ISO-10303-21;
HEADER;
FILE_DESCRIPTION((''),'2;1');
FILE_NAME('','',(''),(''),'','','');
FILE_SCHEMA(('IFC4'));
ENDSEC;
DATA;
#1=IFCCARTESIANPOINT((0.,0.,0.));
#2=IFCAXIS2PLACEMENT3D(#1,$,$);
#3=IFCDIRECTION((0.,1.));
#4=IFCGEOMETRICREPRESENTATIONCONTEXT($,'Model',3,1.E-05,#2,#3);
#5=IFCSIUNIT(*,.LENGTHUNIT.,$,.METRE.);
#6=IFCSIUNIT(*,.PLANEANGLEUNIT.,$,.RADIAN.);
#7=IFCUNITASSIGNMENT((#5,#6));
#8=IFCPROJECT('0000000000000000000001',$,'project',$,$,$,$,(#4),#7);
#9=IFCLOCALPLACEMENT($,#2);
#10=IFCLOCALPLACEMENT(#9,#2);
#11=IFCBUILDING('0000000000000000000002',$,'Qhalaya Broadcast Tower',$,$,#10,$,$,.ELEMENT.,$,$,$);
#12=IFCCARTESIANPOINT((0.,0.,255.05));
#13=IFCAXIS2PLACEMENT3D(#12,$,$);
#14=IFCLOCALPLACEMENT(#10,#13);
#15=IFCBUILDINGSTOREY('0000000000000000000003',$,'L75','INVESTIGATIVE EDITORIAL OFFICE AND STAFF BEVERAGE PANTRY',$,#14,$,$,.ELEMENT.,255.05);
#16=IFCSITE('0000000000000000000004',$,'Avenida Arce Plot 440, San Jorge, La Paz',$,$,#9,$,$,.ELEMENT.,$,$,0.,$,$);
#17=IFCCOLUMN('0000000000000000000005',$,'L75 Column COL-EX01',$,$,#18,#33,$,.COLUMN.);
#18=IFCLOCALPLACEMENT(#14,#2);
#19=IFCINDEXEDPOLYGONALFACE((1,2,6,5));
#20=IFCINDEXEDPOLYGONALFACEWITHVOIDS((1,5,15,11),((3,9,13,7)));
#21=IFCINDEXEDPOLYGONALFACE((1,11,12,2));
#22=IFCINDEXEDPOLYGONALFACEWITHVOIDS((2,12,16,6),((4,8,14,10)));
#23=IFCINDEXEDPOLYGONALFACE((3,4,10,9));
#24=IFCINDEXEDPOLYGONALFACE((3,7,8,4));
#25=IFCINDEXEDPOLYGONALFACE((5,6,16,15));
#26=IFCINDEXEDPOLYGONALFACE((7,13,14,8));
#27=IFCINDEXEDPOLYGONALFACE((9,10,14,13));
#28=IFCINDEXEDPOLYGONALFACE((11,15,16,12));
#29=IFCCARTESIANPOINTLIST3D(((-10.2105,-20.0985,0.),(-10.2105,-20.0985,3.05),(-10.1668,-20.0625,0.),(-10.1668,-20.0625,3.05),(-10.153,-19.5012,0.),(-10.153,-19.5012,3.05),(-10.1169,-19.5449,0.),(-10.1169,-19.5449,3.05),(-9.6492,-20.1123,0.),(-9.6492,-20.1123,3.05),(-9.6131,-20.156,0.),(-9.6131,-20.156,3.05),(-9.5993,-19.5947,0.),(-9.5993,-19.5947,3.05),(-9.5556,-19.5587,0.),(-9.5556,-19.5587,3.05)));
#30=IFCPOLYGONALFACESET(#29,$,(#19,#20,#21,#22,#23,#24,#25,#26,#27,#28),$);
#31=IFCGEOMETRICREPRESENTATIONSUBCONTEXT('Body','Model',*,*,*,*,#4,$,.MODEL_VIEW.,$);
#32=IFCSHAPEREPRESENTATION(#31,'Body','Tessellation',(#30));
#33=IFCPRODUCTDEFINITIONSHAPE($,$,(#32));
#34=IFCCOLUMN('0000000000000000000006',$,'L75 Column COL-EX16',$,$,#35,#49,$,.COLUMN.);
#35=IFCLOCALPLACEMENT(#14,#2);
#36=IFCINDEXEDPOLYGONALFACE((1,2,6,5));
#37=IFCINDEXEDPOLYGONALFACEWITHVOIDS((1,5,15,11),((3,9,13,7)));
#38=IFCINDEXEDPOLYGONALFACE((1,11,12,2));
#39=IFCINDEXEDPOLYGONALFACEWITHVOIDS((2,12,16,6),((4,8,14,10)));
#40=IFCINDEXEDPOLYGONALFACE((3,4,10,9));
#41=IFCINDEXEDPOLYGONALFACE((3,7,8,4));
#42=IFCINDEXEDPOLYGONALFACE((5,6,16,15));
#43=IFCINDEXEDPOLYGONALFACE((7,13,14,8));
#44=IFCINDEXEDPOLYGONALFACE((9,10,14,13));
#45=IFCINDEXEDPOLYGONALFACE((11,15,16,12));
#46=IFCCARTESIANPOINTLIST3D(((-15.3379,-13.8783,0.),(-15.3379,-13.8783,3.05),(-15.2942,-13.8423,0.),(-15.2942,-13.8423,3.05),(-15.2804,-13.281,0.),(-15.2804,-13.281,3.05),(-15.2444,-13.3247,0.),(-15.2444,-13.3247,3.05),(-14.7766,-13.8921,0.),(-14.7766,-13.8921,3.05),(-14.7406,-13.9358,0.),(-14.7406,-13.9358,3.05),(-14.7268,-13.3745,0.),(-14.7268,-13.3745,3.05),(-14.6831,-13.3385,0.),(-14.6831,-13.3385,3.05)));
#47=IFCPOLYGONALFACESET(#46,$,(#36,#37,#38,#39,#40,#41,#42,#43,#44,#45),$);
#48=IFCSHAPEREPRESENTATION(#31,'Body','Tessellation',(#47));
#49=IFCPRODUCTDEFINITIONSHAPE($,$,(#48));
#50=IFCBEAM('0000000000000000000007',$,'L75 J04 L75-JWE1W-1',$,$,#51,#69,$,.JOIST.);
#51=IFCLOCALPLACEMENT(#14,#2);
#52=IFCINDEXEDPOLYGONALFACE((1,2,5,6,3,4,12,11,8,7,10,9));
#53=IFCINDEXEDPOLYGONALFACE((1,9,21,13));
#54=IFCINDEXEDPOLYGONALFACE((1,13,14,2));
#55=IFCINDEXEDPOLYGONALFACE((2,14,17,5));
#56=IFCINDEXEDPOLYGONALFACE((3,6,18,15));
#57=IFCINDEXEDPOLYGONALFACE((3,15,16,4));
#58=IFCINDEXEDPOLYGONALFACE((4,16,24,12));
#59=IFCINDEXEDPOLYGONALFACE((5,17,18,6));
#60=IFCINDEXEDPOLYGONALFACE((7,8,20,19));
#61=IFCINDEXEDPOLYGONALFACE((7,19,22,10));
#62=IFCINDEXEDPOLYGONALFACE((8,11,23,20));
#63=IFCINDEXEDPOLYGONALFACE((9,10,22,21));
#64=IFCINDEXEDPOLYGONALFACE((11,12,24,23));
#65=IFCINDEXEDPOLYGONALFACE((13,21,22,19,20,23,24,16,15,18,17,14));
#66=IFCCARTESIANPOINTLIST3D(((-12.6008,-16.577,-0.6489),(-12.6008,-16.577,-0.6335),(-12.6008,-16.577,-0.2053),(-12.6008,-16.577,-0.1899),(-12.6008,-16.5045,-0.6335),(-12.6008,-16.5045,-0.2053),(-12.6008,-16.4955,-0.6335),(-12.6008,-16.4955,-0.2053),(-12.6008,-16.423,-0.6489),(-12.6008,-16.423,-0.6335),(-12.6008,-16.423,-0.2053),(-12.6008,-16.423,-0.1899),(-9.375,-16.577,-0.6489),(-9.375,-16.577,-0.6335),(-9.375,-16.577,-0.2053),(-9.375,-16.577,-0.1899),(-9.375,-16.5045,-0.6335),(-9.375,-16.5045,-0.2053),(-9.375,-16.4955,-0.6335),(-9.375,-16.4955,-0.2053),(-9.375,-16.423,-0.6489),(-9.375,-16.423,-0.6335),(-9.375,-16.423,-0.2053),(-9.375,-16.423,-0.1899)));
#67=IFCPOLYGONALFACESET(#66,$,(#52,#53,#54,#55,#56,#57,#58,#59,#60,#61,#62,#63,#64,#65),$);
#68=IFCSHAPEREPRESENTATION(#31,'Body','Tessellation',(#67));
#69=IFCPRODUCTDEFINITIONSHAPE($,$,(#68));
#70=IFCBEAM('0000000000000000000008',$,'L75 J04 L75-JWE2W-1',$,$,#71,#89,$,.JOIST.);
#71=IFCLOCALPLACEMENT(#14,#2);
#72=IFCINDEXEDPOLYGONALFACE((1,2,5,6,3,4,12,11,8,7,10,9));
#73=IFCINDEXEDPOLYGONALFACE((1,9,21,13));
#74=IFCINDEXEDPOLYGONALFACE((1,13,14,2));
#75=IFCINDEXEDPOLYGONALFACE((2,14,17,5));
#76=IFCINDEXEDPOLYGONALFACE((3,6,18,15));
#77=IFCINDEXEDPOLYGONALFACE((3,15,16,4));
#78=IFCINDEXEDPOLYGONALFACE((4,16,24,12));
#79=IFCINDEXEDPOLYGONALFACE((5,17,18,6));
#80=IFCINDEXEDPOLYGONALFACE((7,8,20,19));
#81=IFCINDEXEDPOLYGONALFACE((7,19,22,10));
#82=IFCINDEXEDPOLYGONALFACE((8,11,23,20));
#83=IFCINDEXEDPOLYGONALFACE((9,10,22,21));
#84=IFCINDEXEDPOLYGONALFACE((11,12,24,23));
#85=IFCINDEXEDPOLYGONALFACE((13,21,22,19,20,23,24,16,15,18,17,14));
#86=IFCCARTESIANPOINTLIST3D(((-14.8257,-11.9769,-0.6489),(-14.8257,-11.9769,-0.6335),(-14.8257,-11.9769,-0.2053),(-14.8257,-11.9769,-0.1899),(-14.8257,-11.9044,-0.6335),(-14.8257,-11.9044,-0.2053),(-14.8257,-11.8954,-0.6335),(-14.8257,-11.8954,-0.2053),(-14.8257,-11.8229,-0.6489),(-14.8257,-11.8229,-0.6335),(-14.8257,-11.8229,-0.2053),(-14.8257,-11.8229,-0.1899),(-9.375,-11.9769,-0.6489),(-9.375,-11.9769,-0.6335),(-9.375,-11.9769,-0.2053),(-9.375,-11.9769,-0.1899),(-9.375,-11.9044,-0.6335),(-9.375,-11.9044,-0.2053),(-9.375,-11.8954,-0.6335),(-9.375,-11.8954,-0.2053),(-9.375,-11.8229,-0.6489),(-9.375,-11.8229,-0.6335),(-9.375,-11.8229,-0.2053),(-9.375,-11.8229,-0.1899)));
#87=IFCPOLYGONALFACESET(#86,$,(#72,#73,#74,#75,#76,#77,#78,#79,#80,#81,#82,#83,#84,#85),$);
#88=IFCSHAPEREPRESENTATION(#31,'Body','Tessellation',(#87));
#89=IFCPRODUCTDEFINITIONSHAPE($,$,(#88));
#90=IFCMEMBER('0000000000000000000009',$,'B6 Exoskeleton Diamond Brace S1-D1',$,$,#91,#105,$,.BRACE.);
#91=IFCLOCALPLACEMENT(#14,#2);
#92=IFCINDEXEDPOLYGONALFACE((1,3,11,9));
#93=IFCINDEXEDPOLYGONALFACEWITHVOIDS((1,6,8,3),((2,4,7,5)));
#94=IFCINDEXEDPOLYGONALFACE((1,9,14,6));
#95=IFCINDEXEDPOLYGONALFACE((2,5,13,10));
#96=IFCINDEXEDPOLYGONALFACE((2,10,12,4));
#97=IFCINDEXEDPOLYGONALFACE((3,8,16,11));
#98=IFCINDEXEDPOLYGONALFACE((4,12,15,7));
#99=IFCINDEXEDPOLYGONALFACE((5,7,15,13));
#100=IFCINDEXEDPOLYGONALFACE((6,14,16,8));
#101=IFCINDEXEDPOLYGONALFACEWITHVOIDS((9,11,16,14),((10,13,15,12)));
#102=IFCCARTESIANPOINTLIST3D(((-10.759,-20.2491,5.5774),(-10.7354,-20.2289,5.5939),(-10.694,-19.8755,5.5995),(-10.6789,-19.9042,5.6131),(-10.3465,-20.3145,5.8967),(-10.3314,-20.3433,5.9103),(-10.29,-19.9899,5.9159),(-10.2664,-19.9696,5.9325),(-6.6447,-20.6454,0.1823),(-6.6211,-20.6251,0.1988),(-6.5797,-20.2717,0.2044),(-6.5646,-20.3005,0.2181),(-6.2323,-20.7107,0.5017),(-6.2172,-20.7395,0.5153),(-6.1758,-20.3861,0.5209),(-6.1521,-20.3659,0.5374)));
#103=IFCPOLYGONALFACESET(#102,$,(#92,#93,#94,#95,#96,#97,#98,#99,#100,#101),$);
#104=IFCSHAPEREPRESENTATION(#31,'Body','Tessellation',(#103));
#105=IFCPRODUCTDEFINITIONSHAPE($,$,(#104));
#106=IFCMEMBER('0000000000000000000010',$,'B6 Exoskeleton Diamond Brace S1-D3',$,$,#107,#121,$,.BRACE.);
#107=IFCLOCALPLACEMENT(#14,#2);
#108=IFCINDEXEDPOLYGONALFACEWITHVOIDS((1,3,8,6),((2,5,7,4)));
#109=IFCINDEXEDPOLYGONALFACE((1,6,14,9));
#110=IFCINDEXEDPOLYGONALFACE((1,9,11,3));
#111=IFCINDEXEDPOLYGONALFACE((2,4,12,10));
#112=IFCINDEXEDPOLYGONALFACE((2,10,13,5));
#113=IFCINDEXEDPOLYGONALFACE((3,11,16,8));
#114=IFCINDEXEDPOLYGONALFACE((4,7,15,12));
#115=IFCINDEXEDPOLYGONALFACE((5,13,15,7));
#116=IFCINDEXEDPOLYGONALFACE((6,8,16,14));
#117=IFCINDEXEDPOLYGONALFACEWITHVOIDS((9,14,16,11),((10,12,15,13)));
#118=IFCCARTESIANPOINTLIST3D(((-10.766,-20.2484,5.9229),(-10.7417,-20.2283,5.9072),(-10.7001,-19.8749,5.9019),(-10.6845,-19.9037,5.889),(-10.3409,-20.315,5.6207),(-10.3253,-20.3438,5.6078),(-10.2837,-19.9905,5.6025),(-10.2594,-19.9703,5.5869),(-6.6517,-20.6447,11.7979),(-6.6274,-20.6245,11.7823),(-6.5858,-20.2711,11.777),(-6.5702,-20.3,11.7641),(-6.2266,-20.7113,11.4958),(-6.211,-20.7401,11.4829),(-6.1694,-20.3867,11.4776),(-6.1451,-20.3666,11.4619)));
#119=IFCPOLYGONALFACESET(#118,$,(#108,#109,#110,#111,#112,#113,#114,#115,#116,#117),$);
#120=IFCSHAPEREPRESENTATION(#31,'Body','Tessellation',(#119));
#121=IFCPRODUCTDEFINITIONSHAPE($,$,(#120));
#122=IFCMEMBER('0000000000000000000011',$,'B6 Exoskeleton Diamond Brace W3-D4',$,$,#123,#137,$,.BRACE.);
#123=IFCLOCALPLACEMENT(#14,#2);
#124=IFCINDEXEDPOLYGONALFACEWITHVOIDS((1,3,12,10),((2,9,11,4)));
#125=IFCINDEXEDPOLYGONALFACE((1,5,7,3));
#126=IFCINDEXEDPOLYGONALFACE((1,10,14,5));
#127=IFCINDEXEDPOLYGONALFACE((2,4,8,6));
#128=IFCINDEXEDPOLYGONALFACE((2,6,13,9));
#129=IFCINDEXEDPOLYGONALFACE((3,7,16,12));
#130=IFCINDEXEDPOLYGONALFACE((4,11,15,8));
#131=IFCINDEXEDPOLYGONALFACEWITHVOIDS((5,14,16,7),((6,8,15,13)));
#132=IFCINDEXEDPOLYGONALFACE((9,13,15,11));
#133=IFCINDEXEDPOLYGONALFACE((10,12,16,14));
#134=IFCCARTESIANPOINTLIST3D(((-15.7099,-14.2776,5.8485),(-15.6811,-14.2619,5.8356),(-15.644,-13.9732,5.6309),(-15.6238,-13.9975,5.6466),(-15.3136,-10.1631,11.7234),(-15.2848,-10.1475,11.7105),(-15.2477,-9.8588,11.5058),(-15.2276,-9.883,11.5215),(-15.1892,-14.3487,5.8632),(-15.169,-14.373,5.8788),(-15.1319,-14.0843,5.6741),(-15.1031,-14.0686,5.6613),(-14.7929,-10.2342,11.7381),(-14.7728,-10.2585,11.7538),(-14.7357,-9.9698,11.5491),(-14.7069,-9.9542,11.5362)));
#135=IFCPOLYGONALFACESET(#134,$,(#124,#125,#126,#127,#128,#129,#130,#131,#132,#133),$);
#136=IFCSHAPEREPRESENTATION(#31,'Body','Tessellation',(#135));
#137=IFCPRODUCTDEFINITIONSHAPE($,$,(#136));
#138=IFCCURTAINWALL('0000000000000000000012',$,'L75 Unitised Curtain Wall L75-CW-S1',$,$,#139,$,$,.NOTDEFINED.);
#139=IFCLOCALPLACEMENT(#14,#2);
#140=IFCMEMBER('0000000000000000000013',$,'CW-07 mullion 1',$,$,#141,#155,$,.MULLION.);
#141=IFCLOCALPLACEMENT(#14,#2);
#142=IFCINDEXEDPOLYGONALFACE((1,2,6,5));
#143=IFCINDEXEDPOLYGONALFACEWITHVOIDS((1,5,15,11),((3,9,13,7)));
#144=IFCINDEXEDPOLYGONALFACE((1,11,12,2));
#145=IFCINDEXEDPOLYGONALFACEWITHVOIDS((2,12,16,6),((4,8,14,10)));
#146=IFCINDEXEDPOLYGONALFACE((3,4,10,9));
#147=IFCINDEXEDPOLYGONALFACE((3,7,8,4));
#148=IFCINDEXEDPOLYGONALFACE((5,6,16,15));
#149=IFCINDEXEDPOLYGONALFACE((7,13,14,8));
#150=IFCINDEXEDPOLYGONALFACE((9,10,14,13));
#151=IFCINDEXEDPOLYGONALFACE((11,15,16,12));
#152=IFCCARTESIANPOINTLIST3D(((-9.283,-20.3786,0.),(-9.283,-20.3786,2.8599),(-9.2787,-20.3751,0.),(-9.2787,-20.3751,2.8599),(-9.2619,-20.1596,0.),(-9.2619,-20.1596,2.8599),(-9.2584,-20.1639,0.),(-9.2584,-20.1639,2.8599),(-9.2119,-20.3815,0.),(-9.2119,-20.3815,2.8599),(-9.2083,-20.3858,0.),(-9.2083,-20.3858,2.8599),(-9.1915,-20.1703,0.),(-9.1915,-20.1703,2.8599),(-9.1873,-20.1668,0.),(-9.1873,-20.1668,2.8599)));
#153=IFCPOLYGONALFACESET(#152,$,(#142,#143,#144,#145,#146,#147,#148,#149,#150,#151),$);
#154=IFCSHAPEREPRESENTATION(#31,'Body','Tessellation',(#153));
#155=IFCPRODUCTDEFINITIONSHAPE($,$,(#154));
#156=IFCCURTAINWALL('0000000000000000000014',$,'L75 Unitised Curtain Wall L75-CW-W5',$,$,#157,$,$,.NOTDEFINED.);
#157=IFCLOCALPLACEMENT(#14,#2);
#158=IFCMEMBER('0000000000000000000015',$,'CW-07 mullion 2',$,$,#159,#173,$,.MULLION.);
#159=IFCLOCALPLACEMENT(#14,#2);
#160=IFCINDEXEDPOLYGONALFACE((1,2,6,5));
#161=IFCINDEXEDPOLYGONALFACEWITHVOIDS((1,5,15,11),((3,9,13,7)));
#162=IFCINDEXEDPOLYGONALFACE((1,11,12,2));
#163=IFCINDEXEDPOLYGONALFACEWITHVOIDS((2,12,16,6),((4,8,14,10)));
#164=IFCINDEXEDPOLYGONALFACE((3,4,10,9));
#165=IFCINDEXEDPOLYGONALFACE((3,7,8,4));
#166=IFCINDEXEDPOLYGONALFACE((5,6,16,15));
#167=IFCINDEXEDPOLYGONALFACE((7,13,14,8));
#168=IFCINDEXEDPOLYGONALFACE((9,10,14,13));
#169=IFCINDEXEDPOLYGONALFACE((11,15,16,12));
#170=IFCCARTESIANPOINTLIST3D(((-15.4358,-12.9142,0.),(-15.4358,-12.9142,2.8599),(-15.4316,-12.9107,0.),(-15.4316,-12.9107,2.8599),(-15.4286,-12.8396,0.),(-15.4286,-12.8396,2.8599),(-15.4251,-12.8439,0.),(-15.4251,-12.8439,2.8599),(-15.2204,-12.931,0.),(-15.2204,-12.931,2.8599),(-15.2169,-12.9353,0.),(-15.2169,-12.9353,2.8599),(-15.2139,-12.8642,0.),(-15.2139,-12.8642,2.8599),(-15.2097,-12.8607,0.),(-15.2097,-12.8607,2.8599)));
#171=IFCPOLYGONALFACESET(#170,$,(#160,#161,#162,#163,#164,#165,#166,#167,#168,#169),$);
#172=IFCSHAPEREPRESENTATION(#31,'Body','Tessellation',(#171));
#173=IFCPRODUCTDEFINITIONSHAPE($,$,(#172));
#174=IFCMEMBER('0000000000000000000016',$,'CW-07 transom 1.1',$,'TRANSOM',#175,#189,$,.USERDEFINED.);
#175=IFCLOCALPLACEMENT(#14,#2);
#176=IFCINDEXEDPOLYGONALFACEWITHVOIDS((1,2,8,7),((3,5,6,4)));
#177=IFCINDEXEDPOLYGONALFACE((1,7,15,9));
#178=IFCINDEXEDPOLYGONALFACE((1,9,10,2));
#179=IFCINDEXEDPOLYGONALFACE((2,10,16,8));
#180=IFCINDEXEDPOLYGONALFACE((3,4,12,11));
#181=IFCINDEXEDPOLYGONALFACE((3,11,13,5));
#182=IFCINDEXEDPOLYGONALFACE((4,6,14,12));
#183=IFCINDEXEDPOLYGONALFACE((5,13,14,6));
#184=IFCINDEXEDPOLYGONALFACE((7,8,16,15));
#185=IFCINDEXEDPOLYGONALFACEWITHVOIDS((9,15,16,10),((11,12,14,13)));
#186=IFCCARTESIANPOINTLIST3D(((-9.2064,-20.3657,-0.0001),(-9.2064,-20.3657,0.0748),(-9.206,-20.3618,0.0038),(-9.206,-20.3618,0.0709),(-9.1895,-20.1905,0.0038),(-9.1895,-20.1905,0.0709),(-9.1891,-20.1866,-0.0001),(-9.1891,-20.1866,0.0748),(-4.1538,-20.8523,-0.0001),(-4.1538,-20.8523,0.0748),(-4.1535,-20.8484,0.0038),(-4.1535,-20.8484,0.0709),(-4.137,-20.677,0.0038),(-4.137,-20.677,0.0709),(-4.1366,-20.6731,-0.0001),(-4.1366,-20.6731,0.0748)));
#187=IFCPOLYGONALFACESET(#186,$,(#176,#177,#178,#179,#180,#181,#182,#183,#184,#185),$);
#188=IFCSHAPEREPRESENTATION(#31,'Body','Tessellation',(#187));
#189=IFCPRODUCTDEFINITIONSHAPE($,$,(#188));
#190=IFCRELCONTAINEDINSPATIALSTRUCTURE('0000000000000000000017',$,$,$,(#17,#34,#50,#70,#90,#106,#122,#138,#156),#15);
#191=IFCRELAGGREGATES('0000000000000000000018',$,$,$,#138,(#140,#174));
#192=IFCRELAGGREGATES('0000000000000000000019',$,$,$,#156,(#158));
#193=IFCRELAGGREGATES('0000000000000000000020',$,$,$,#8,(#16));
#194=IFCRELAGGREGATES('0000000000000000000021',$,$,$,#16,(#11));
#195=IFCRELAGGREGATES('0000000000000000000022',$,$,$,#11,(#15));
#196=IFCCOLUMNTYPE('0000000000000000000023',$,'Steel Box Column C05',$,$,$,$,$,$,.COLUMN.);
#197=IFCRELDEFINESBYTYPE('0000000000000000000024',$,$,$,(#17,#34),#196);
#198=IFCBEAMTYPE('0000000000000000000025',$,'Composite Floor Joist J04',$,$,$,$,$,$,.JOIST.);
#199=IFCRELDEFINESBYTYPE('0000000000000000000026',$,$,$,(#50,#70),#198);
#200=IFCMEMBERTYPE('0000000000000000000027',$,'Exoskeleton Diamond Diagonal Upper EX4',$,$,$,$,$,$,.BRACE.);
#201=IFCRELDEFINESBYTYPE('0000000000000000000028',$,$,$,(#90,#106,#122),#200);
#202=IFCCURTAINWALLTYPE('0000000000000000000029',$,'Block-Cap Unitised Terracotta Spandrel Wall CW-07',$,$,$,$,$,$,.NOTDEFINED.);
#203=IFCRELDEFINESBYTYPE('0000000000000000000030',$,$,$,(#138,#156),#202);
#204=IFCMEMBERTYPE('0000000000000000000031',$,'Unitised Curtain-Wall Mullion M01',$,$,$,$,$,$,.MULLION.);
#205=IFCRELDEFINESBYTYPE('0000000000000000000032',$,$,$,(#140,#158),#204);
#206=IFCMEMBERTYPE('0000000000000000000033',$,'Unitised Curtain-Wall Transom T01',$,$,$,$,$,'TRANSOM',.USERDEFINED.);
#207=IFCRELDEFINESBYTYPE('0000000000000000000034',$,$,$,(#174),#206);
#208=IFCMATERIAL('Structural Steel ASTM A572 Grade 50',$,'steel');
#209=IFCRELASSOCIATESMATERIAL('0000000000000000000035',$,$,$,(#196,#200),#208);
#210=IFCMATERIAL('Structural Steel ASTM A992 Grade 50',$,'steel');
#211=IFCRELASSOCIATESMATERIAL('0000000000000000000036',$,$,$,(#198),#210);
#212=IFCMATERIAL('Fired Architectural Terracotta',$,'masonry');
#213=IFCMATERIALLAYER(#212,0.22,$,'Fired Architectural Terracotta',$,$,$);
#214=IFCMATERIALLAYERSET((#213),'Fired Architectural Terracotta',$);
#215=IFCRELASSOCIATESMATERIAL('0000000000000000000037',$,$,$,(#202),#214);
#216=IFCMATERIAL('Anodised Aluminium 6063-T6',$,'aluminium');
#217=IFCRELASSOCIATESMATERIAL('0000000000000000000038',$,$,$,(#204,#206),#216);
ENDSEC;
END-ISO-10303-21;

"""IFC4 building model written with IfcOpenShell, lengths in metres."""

from ifc_helpers import new_model, si_unit, direction, frame, origin, origin_2d, place, context, subcontext, project, spatial, hollow_rectangle, i_section, extrude, material, layer, layer_set, material_profile, profile_set, type_object, element, aggregate, save


model = new_model("IFC4")

# Units and contexts
model_context = context("Model", 3, precision=1e-05, world=origin(), true_north=direction((0.0, 1.0)))
body_context = subcontext(model_context, "Body", "Model", "MODEL_VIEW")
ifc_project = project(units=[si_unit("LENGTHUNIT", "METRE"), si_unit("PLANEANGLEUNIT", "RADIAN")], contexts=[model_context])

# Site, building, storey
site_placement = place(None, origin())
site = spatial("IfcSite", under=ifc_project, at=site_placement, Name="Avenida Arce Plot 440, San Jorge, La Paz", CompositionType="ELEMENT", RefElevation=0.0)
building_placement = place(site_placement, origin())
building = spatial("IfcBuilding", under=site, at=building_placement, Name="Qhalaya Broadcast Tower", CompositionType="ELEMENT")
storey_placement = place(building_placement, frame((0.0, 0.0, 255.05)))
storey = spatial("IfcBuildingStorey", under=building, at=storey_placement, Name="L75", Description="INVESTIGATIVE EDITORIAL OFFICE AND STAFF BEVERAGE PANTRY", CompositionType="ELEMENT", Elevation=255.05)

# Columns
ifc_material_1 = material(Name="Structural Steel ASTM A572 Grade 50", Category="steel")
ifc_material_profile_1 = material_profile(ifc_material_1, hollow_rectangle(XDim=0.6001, YDim=0.6001, WallThickness=0.04, at=origin_2d()), Name="BOX 600x600x40")
ifc_profile_set_1 = profile_set([ifc_material_profile_1], Name="Structural Steel ASTM A572 Grade 50")
column_type = type_object("IfcColumnType", Name="Steel Box Column C05", PredefinedType="COLUMN", material=ifc_profile_set_1)
for number, where, z_axis, x_axis, name in (
    (1, (-9.8831, -19.8286, 0.0), (0.0, 0.0, 1.0), (0.995396, -0.095846, 0.0), "L75 Column COL-EX01"),
    (2, (-15.0105, -13.6084, 0.0), (0.0, 0.0, 1.0), (0.095846, 0.995396, 0.0), "L75 Column COL-EX16"),
):
    element("IfcColumn", number, at=place(storey_placement, frame(where, z_axis=z_axis, x_axis=x_axis)), inside=storey, type_object=column_type, Name=name, PredefinedType="COLUMN", context=body_context, shape_type="SweptSolid", body=[
        extrude(hollow_rectangle(XDim=0.6001, YDim=0.6001, WallThickness=0.04, at=origin_2d()), origin(), (0.0, 0.0, 1.0), 3.05),
    ])

# Beams
ifc_material_2 = material(Name="Structural Steel ASTM A992 Grade 50", Category="steel")
ifc_material_profile_2 = material_profile(ifc_material_2, i_section(OverallWidth=0.1541, OverallDepth=0.459, WebThickness=0.009, FlangeThickness=0.0154, at=origin_2d()), Name="W18X46")
ifc_profile_set_2 = profile_set([ifc_material_profile_2], Name="Structural Steel ASTM A992 Grade 50")
beam_type_1 = type_object("IfcBeamType", Name="Composite Floor Joist J04", PredefinedType="JOIST", material=ifc_profile_set_2)
beam_1_placement = place(storey_placement, frame((-12.6008, -16.5, -0.4194), z_axis=(1.0, 0.0, 0.0), x_axis=(0.0, 1.0, 0.0)))
element("IfcBeam", 3, at=beam_1_placement, inside=storey, type_object=beam_type_1, Name="L75 J04 L75-JWE1W-1", PredefinedType="JOIST", context=body_context, shape_type="SweptSolid", body=[
    extrude(i_section(OverallWidth=0.1541, OverallDepth=0.459, WebThickness=0.009, FlangeThickness=0.0154, at=origin_2d()), origin(), (0.0, 0.0, 1.0), 3.2258),
])
beam_2_placement = place(storey_placement, frame((-14.8257, -11.8999, -0.4194), z_axis=(1.0, 0.0, 0.0), x_axis=(0.0, 1.0, 0.0)))
element("IfcBeam", 4, at=beam_2_placement, inside=storey, type_object=beam_type_1, Name="L75 J04 L75-JWE2W-1", PredefinedType="JOIST", context=body_context, shape_type="SweptSolid", body=[
    extrude(i_section(OverallWidth=0.1541, OverallDepth=0.459, WebThickness=0.009, FlangeThickness=0.0154, at=origin_2d()), origin(), (0.0, 0.0, 1.0), 5.4507),
])

# Members
ifc_material_profile_3 = material_profile(ifc_material_1, hollow_rectangle(XDim=0.3799, YDim=0.55, WallThickness=0.0249, at=origin_2d()), Name="BOX 380x550x25")
ifc_profile_set_3 = profile_set([ifc_material_profile_3], Name="Structural Steel ASTM A572 Grade 50")
member_type_1 = type_object("IfcMemberType", Name="Exoskeleton Diamond Diagonal Upper EX4", PredefinedType="BRACE", material=ifc_profile_set_3)
member_1_placement = place(storey_placement, frame((-6.3984, -20.5056, 0.3599), z_axis=(-0.605363, 0.058302, 0.793811), x_axis=(-0.171157, -0.983518, -0.05829)))
element("IfcMember", 5, at=member_1_placement, inside=storey, type_object=member_type_1, Name="B6 Exoskeleton Diamond Brace S1-D1", PredefinedType="BRACE", context=body_context, shape_type="SweptSolid", body=[
    extrude(hollow_rectangle(XDim=0.3799, YDim=0.55, WallThickness=0.0249, at=origin_2d()), origin(), (0.0, 0.0, 1.0), 6.7964),
])
for number, where, z_axis, x_axis, name in (
    (6, (-10.5127, -20.1094, 5.7549), (0.572753, -0.055161, 0.81787), (0.173452, 0.983297, -0.05515), "B6 Exoskeleton Diamond Brace S1-D3"),
    (7, (-15.4065, -14.1731, 5.7549), (0.05516, 0.572776, 0.817854), (-0.173443, -0.801152, 0.572777), "B6 Exoskeleton Diamond Brace W3-D4"),
):
    element("IfcMember", number, at=place(storey_placement, frame(where, z_axis=z_axis, x_axis=x_axis)), inside=storey, type_object=member_type_1, Name=name, PredefinedType="BRACE", context=body_context, shape_type="SweptSolid", body=[
        extrude(hollow_rectangle(XDim=0.3799, YDim=0.55, WallThickness=0.0249, at=origin_2d()), origin(), (0.0, 0.0, 1.0), 7.1833),
    ])

# Curtain walls, members
ifc_material_3 = material(Name="Fired Architectural Terracotta", Category="masonry")
ifc_layer_1 = layer(ifc_material_3, 0.22, Name="Fired Architectural Terracotta")
ifc_layer_set_1 = layer_set([ifc_layer_1], Name="Fired Architectural Terracotta")
curtain_wall_type = type_object("IfcCurtainWallType", Name="Block-Cap Unitised Terracotta Spandrel Wall CW-07", PredefinedType="NOTDEFINED", material=ifc_layer_set_1)
curtain_wall_1_placement = place(storey_placement, origin())
curtain_wall_1 = element("IfcCurtainWall", 8, at=curtain_wall_1_placement, inside=storey, type_object=curtain_wall_type, Name="L75 Unitised Curtain Wall L75-CW-S1", PredefinedType="NOTDEFINED")
ifc_material_4 = material(Name="Anodised Aluminium 6063-T6", Category="aluminium")
ifc_material_profile_4 = material_profile(ifc_material_4, hollow_rectangle(XDim=0.075, YDim=0.22, WallThickness=0.0039, at=origin_2d()), Name="ALU-MUL 75x220x4")
ifc_profile_set_4 = profile_set([ifc_material_profile_4], Name="Anodised Aluminium 6063-T6")
member_type_2 = type_object("IfcMemberType", Name="Unitised Curtain-Wall Mullion M01", PredefinedType="MULLION", material=ifc_profile_set_4)
member_2_placement = place(storey_placement, frame((-9.2351, -20.2727, 0.0), z_axis=(0.0, 0.0, 1.0), x_axis=(0.995396, -0.095848, 0.0)))
member_2 = element("IfcMember", 9, at=member_2_placement, type_object=member_type_2, Name="CW-07 mullion 1", PredefinedType="MULLION", context=body_context, shape_type="SweptSolid", body=[
    extrude(hollow_rectangle(XDim=0.075, YDim=0.22, WallThickness=0.0039, at=origin_2d()), origin(), (0.0, 0.0, 1.0), 2.8599),
])
curtain_wall_2_placement = place(storey_placement, origin())
curtain_wall_2 = element("IfcCurtainWall", 10, at=curtain_wall_2_placement, inside=storey, type_object=curtain_wall_type, Name="L75 Unitised Curtain Wall L75-CW-W5", PredefinedType="NOTDEFINED")
member_3_placement = place(storey_placement, frame((-15.3228, -12.8875, 0.0), z_axis=(0.0, 0.0, 1.0), x_axis=(-0.095848, -0.995396, 0.0)))
member_3 = element("IfcMember", 11, at=member_3_placement, type_object=member_type_2, Name="CW-07 mullion 2", PredefinedType="MULLION", context=body_context, shape_type="SweptSolid", body=[
    extrude(hollow_rectangle(XDim=0.075, YDim=0.22, WallThickness=0.0039, at=origin_2d()), origin(), (0.0, 0.0, 1.0), 2.8599),
])

# Member
ifc_material_profile_5 = material_profile(ifc_material_4, hollow_rectangle(XDim=0.075, YDim=0.1799, WallThickness=0.0039, at=origin_2d()), Name="ALU-TRN 75x180x4")
ifc_profile_set_5 = profile_set([ifc_material_profile_5], Name="Anodised Aluminium 6063-T6")
member_type_3 = type_object("IfcMemberType", Name="Unitised Curtain-Wall Transom T01", ElementType="TRANSOM", PredefinedType="USERDEFINED", material=ifc_profile_set_5)
member_4_placement = place(storey_placement, frame((-9.1978, -20.2761, 0.0374), z_axis=(0.995395, -0.09586, 0.0), x_axis=(0.0, 0.0, 1.0)))
member_4 = element("IfcMember", 12, at=member_4_placement, type_object=member_type_3, Name="CW-07 transom 1.1", ObjectType="TRANSOM", PredefinedType="USERDEFINED", context=body_context, shape_type="SweptSolid", body=[
    extrude(hollow_rectangle(XDim=0.075, YDim=0.1799, WallThickness=0.0039, at=origin_2d()), origin(), (0.0, 0.0, 1.0), 5.0759),
])

aggregate(curtain_wall_1, [member_2, member_4])
aggregate(curtain_wall_2, [member_3])

save(model, "model.ifc")
